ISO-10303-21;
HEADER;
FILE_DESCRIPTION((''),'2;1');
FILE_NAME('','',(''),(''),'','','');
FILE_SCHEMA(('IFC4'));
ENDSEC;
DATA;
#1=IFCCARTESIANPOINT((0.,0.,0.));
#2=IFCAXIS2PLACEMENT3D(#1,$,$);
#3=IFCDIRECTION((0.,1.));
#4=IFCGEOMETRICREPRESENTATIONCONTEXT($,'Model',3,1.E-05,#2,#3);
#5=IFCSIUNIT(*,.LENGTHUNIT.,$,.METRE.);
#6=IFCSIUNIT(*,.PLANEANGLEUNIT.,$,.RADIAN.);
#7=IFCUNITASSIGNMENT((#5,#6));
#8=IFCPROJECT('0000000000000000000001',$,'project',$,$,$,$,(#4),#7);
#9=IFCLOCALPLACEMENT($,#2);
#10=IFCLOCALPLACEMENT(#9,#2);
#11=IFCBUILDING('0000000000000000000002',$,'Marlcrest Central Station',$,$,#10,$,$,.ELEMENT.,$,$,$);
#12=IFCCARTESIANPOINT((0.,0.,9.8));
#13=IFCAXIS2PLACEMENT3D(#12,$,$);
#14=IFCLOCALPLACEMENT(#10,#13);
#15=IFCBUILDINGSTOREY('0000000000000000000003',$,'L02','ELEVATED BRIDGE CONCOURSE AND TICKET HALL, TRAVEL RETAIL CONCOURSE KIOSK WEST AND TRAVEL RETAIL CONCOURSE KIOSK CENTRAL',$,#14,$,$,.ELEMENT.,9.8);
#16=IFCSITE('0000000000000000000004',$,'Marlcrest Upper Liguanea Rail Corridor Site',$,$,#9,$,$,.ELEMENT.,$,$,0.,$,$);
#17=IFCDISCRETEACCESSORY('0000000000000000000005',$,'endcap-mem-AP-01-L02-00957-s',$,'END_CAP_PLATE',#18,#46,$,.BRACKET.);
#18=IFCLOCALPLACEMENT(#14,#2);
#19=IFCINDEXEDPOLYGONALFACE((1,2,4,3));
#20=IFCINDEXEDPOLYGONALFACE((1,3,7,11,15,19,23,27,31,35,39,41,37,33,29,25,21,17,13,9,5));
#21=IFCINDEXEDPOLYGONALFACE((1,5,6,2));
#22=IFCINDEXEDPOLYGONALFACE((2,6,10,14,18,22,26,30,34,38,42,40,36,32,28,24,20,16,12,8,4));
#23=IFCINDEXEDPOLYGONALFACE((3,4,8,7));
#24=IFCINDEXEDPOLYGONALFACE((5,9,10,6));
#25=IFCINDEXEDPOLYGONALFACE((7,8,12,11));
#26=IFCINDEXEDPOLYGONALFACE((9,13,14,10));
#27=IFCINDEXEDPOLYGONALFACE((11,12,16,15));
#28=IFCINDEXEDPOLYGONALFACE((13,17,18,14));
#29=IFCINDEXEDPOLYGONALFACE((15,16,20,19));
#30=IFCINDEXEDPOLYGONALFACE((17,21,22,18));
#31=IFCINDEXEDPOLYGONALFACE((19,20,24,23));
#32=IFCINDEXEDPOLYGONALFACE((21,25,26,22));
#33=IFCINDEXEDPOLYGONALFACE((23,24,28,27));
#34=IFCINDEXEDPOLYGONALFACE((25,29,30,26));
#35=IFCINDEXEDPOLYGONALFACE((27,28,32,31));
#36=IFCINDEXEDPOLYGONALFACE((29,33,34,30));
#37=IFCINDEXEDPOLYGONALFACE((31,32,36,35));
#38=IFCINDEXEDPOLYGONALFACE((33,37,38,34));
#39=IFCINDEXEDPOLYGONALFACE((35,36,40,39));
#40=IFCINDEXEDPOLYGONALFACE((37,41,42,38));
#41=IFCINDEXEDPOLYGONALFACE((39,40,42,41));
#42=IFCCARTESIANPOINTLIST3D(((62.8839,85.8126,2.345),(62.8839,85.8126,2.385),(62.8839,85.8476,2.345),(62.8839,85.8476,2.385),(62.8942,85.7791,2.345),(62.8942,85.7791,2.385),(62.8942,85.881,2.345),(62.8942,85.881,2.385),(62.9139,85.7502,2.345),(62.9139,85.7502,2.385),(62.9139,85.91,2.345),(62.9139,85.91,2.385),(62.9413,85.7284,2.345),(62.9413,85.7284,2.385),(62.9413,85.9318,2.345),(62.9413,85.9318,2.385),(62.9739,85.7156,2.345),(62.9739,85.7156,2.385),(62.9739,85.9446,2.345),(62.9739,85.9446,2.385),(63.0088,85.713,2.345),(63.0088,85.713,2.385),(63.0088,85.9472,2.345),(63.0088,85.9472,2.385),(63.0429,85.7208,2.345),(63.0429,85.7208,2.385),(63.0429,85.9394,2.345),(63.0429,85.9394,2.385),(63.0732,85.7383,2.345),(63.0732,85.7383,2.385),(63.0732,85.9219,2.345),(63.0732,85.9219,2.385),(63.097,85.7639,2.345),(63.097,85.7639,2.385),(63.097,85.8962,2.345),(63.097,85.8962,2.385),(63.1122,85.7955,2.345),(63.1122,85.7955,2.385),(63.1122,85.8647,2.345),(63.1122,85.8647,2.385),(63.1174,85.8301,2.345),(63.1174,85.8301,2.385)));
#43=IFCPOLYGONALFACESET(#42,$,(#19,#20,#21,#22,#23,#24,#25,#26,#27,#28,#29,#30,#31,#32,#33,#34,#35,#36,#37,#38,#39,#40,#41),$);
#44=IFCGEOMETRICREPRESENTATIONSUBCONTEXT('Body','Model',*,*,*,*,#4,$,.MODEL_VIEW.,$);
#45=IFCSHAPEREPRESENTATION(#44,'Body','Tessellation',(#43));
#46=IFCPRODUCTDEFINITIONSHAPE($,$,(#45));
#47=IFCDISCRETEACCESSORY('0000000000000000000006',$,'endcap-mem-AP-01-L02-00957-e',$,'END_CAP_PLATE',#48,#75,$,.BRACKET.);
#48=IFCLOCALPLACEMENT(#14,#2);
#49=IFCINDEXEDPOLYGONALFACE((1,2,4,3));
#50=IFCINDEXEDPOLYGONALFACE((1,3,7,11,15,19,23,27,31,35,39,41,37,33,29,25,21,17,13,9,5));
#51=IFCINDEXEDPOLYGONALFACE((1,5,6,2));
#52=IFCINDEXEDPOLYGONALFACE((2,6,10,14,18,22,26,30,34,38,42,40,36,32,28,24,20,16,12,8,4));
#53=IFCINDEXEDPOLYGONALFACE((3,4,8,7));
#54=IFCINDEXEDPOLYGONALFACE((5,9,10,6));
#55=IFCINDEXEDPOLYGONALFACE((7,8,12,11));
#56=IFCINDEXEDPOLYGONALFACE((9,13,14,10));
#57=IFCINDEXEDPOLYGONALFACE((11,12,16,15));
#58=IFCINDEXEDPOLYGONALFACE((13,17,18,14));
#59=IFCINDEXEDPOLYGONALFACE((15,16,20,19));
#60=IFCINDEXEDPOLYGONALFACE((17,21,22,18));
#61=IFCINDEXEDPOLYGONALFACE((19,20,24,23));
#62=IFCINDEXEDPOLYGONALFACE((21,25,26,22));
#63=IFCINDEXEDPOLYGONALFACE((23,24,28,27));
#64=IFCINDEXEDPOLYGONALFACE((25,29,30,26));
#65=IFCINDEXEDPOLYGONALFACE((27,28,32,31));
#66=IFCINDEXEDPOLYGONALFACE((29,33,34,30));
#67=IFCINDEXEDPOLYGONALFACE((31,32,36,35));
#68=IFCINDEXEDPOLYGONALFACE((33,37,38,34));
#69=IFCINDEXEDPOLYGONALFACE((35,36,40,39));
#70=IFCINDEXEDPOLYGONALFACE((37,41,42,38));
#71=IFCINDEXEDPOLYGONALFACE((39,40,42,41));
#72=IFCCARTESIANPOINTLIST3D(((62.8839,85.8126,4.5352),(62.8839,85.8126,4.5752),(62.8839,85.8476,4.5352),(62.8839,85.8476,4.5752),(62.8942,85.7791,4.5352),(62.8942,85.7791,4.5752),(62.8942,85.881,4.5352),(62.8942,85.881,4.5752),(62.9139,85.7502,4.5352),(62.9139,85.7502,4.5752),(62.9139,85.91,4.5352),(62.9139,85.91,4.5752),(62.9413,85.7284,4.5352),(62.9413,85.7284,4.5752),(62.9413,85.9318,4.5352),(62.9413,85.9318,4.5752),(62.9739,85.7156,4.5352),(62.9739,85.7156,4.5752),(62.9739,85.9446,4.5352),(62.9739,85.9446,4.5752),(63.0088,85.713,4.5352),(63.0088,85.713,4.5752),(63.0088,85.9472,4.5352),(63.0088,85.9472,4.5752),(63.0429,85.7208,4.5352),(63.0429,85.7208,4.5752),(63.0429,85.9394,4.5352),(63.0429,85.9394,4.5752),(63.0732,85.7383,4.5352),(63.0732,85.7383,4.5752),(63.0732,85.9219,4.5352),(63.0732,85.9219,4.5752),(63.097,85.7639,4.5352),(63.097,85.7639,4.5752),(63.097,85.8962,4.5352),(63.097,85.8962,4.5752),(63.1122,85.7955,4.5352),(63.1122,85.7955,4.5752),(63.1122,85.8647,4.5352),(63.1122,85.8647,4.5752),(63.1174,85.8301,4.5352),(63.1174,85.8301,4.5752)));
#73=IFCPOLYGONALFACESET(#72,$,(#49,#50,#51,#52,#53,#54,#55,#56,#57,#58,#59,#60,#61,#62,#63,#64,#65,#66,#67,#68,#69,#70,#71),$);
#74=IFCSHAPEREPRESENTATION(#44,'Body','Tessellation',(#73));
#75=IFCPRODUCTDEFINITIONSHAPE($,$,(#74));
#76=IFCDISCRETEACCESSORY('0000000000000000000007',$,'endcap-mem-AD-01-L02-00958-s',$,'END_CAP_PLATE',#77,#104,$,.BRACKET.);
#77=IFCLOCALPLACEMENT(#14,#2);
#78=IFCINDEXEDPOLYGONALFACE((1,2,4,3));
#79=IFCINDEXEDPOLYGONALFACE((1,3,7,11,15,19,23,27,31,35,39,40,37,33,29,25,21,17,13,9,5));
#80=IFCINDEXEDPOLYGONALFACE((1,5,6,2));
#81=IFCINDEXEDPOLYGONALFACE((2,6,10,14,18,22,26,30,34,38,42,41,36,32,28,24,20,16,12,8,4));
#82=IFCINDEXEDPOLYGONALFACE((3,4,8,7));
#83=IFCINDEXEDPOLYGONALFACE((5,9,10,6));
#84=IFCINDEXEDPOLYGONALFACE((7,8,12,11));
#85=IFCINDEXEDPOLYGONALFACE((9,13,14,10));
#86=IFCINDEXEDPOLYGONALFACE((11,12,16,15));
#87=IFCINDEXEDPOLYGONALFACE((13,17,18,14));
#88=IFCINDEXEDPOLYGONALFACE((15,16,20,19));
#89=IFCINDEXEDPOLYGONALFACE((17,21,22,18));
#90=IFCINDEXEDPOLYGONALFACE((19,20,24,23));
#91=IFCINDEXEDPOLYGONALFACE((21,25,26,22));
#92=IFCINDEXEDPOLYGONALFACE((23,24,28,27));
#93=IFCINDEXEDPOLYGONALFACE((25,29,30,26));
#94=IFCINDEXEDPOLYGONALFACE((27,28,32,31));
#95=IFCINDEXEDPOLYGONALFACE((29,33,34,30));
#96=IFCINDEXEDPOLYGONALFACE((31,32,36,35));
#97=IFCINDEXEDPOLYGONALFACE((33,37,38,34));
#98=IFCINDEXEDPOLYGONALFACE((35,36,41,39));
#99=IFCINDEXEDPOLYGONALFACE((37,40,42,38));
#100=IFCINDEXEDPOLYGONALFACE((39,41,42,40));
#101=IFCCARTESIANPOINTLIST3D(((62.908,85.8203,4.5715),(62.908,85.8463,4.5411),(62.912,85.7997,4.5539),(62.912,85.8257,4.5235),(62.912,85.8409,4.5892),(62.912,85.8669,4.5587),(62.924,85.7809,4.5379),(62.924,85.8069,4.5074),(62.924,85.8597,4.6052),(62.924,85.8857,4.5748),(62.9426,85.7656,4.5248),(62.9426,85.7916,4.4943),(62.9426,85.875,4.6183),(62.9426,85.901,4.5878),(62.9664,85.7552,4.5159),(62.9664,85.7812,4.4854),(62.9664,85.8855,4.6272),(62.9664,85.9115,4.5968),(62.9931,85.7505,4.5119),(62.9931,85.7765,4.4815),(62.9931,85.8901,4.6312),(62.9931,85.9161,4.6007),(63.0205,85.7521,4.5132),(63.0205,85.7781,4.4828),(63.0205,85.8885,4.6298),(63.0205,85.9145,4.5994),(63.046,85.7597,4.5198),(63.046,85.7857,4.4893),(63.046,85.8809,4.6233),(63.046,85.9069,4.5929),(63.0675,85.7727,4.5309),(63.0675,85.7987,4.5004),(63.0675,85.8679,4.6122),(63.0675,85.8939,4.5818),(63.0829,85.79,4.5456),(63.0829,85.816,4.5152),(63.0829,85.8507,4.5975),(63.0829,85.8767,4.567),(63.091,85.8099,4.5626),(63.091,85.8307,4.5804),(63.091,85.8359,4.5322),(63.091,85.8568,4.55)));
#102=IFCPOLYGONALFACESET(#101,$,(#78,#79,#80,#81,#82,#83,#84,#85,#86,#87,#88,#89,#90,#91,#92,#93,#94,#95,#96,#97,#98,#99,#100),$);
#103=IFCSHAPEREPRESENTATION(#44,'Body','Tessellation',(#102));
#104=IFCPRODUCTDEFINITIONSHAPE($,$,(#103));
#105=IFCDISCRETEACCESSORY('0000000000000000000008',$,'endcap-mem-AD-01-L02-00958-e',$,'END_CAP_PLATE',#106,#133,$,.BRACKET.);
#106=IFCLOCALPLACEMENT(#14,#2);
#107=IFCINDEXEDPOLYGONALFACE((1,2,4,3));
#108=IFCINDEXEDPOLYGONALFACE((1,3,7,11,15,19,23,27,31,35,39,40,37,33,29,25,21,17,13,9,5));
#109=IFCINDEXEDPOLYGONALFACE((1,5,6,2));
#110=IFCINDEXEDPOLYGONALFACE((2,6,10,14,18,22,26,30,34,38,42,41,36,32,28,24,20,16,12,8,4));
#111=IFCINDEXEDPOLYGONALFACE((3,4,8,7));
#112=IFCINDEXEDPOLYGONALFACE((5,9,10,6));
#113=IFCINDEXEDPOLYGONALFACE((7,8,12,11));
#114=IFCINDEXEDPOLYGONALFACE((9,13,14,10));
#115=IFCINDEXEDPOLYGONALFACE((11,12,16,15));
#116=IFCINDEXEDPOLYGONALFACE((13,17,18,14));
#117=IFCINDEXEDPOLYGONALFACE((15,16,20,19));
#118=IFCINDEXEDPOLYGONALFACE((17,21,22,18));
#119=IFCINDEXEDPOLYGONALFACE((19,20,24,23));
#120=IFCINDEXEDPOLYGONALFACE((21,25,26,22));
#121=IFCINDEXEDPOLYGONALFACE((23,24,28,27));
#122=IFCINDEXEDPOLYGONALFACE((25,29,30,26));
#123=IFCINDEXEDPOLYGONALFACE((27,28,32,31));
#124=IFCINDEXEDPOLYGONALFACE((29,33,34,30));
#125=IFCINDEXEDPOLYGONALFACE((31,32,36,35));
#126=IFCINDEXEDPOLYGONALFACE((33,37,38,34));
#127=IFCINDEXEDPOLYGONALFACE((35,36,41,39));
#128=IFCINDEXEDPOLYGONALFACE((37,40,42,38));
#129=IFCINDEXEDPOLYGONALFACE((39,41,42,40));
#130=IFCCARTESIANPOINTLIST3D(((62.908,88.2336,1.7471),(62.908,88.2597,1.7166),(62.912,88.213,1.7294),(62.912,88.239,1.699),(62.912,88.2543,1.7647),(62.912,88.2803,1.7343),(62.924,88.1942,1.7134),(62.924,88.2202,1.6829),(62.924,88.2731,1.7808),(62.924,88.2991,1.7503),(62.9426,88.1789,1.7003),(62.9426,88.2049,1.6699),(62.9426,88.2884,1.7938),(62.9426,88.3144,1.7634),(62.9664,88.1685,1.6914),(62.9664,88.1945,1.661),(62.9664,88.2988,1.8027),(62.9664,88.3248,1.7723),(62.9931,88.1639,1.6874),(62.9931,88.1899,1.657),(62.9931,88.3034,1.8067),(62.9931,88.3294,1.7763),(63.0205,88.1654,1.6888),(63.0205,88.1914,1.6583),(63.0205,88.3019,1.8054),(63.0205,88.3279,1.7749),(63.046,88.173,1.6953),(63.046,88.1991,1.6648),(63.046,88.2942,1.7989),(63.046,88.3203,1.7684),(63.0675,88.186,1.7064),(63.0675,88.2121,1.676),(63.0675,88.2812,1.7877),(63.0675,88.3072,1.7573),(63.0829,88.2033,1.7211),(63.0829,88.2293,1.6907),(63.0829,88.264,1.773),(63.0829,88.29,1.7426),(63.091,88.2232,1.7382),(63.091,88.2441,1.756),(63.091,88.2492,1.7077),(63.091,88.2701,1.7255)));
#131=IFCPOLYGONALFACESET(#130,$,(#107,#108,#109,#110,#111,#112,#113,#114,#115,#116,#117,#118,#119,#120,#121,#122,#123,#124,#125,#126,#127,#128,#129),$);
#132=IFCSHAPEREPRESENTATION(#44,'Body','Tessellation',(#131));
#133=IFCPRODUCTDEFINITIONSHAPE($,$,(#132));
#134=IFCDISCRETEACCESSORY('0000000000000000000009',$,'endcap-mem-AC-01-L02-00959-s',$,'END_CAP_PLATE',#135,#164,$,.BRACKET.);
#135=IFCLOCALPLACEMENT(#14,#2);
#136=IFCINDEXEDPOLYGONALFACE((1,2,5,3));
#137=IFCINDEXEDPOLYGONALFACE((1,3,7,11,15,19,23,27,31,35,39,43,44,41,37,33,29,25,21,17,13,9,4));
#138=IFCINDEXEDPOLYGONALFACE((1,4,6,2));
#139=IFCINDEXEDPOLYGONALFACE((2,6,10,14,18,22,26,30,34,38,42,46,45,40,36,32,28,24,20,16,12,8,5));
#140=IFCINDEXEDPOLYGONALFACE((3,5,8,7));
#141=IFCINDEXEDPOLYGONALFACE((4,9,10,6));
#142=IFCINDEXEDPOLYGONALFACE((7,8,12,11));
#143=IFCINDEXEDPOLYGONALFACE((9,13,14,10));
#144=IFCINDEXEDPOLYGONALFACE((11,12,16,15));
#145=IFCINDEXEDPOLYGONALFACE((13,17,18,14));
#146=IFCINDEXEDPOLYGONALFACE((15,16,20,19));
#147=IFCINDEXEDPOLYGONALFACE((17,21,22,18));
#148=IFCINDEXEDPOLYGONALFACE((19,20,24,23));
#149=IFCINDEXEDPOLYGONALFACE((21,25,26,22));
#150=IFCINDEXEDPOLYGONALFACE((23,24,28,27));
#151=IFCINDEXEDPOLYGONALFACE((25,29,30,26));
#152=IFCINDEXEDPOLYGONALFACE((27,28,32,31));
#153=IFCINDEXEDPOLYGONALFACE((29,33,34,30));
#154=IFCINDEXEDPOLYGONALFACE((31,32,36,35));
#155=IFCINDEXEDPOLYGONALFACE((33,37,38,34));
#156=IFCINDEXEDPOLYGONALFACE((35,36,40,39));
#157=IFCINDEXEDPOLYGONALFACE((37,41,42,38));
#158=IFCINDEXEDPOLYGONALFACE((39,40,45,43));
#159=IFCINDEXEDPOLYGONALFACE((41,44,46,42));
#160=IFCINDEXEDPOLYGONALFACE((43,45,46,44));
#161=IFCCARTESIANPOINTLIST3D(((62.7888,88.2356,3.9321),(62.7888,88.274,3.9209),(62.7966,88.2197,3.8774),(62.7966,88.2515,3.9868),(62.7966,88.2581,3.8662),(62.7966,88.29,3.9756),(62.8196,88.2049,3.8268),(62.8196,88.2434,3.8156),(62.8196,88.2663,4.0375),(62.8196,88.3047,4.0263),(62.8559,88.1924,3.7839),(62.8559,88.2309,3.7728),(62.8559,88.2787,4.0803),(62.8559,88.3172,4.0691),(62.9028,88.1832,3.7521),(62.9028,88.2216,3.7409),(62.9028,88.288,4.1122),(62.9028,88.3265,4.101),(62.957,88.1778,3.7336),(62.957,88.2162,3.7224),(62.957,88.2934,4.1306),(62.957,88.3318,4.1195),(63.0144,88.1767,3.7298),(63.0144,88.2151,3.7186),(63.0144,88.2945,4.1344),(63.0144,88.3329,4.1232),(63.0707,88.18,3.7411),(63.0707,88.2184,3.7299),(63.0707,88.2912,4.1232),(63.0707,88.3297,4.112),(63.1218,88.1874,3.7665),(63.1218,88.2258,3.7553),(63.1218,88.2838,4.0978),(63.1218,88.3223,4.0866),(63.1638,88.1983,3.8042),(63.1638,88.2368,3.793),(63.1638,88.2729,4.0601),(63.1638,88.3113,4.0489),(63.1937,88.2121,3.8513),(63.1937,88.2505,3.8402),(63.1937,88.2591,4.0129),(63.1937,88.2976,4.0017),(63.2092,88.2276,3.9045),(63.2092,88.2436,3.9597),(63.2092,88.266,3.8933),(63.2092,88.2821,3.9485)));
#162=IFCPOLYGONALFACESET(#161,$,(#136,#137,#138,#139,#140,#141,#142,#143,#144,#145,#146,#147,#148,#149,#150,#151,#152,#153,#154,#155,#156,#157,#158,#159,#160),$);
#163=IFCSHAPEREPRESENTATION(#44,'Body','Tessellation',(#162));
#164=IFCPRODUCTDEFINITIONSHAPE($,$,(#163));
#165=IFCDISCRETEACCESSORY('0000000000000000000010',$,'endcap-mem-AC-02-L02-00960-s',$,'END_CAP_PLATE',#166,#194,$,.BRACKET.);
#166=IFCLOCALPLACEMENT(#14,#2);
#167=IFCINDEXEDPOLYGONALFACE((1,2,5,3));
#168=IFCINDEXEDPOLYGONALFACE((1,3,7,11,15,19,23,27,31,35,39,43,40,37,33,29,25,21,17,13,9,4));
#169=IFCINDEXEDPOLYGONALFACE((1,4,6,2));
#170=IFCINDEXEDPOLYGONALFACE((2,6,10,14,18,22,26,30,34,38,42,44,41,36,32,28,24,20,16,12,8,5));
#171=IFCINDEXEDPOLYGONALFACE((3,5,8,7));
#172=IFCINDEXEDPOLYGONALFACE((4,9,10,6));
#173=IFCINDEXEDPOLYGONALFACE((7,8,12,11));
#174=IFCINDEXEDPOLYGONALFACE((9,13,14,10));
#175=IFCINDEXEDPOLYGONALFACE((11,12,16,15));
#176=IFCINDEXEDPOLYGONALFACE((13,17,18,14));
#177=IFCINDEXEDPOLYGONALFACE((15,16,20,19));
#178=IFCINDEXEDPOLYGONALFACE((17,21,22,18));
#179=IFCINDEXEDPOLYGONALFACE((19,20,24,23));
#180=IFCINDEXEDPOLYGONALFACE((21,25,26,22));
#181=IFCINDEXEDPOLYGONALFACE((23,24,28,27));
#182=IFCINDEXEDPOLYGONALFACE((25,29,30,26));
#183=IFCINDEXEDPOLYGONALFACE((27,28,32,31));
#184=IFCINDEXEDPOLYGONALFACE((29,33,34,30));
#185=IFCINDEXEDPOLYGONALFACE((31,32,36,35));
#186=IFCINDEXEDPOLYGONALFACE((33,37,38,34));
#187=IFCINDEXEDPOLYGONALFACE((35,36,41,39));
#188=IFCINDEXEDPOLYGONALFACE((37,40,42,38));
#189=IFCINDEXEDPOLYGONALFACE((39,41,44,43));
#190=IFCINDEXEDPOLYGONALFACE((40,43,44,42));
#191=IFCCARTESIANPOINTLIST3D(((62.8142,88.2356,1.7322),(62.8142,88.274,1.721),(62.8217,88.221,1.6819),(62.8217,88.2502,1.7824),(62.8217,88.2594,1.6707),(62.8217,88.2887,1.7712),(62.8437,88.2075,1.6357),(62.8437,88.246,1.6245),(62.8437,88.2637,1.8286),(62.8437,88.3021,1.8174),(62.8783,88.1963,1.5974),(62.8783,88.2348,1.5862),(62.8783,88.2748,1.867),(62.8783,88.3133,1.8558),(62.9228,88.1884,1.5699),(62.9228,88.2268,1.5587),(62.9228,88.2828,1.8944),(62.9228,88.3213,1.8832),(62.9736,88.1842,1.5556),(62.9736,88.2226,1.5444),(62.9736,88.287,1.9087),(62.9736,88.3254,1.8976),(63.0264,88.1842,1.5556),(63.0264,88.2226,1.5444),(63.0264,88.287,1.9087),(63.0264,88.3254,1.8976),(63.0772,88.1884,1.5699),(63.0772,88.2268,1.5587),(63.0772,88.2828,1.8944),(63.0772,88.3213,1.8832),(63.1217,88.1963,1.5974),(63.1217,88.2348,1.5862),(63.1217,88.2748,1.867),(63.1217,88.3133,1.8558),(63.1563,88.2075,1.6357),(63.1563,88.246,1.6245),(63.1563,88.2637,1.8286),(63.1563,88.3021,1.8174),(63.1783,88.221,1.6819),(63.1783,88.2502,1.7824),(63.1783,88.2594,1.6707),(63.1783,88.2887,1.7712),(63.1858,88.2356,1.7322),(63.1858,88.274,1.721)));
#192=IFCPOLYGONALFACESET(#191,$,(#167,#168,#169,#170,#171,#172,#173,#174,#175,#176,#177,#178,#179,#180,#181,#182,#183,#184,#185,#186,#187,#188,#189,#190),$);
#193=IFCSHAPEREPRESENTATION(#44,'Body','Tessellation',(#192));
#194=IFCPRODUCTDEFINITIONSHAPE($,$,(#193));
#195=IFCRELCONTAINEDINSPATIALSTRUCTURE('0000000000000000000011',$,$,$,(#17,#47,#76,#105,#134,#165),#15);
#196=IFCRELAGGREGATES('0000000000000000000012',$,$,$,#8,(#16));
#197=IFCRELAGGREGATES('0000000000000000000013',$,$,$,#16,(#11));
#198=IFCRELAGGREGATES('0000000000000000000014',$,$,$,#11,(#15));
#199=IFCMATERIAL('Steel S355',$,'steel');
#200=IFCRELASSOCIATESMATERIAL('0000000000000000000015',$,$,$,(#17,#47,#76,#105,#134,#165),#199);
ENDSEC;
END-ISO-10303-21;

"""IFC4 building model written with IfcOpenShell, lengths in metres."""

from ifc_helpers import new_model, si_unit, direction, frame, origin, origin_2d, place, context, subcontext, project, spatial, circle, extrude, material, element, save


model = new_model("IFC4")

# Units and contexts
model_context = context("Model", 3, precision=1e-05, world=origin(), true_north=direction((0.0, 1.0)))
body_context = subcontext(model_context, "Body", "Model", "MODEL_VIEW")
ifc_project = project(units=[si_unit("LENGTHUNIT", "METRE"), si_unit("PLANEANGLEUNIT", "RADIAN")], contexts=[model_context])

# Site, building, storey
site_placement = place(None, origin())
site = spatial("IfcSite", under=ifc_project, at=site_placement, Name="Marlcrest Upper Liguanea Rail Corridor Site", CompositionType="ELEMENT", RefElevation=0.0)
building_placement = place(site_placement, origin())
building = spatial("IfcBuilding", under=site, at=building_placement, Name="Marlcrest Central Station", CompositionType="ELEMENT")
storey_placement = place(building_placement, frame((0.0, 0.0, 9.8)))
storey = spatial("IfcBuildingStorey", under=building, at=storey_placement, Name="L02", Description="ELEVATED BRIDGE CONCOURSE AND TICKET HALL, TRAVEL RETAIL CONCOURSE KIOSK WEST AND TRAVEL RETAIL CONCOURSE KIOSK CENTRAL", CompositionType="ELEMENT", Elevation=9.8)

# Shared definitions
ifc_material_1 = material(Name="Steel S355", Category="steel")

# Discrete accessories
for number, where, z_axis, x_axis, name in (
    (1, (63.0, 85.8301, 2.345), (0.0, 0.0, 1.0), (1.0, 0.0, 0.0), "endcap-mem-AP-01-L02-00957-s"),
    (2, (63.0, 85.8301, 4.5352), (0.0, 0.0, 1.0), (1.0, 0.0, 0.0), "endcap-mem-AP-01-L02-00957-e"),
):
    element("IfcDiscreteAccessory", number, at=place(storey_placement, frame(where, z_axis=z_axis, x_axis=x_axis)), inside=storey, material=ifc_material_1, Name=name, ObjectType="END_CAP_PLATE", PredefinedType="BRACKET", context=body_context, shape_type="SweptSolid", body=[
        extrude(circle(Radius=0.1174, at=origin_2d()), origin(), (0.0, 0.0, 1.0), 0.04),
    ])
for number, where, z_axis, x_axis, name in (
    (3, (63.0, 85.8203, 4.5715), (0.0, 0.649625, -0.760255), (-1.0, 0.0, 0.0), "endcap-mem-AD-01-L02-00958-s"),
    (4, (63.0, 88.2336, 1.7471), (0.0, 0.649625, -0.760255), (-1.0, 0.0, 0.0), "endcap-mem-AD-01-L02-00958-e"),
):
    element("IfcDiscreteAccessory", number, at=place(storey_placement, frame(where, z_axis=z_axis, x_axis=x_axis)), inside=storey, material=ifc_material_1, Name=name, ObjectType="END_CAP_PLATE", PredefinedType="BRACKET", context=body_context, shape_type="SweptSolid", body=[
        extrude(circle(Radius=0.092, at=origin_2d()), origin(), (0.0, 0.0, 1.0), 0.04),
    ])
discrete_accessory_1_placement = place(storey_placement, frame((63.0, 88.2356, 3.9321), z_axis=(0.0, 0.96013, -0.279554), x_axis=(-1.0, 0.0, 0.0)))
element("IfcDiscreteAccessory", 5, at=discrete_accessory_1_placement, inside=storey, material=ifc_material_1, Name="endcap-mem-AC-01-L02-00959-s", ObjectType="END_CAP_PLATE", PredefinedType="BRACKET", context=body_context, shape_type="SweptSolid", body=[
    extrude(circle(Radius=0.2112, at=origin_2d()), origin(), (0.0, 0.0, 1.0), 0.04),
])
discrete_accessory_2_placement = place(storey_placement, frame((63.0, 88.2356, 1.7322), z_axis=(0.0, 0.96013, -0.279554), x_axis=(-1.0, 0.0, 0.0)))
element("IfcDiscreteAccessory", 6, at=discrete_accessory_2_placement, inside=storey, material=ifc_material_1, Name="endcap-mem-AC-02-L02-00960-s", ObjectType="END_CAP_PLATE", PredefinedType="BRACKET", context=body_context, shape_type="SweptSolid", body=[
    extrude(circle(Radius=0.1858, at=origin_2d()), origin(), (0.0, 0.0, 1.0), 0.04),
])

save(model, "model.ifc")
